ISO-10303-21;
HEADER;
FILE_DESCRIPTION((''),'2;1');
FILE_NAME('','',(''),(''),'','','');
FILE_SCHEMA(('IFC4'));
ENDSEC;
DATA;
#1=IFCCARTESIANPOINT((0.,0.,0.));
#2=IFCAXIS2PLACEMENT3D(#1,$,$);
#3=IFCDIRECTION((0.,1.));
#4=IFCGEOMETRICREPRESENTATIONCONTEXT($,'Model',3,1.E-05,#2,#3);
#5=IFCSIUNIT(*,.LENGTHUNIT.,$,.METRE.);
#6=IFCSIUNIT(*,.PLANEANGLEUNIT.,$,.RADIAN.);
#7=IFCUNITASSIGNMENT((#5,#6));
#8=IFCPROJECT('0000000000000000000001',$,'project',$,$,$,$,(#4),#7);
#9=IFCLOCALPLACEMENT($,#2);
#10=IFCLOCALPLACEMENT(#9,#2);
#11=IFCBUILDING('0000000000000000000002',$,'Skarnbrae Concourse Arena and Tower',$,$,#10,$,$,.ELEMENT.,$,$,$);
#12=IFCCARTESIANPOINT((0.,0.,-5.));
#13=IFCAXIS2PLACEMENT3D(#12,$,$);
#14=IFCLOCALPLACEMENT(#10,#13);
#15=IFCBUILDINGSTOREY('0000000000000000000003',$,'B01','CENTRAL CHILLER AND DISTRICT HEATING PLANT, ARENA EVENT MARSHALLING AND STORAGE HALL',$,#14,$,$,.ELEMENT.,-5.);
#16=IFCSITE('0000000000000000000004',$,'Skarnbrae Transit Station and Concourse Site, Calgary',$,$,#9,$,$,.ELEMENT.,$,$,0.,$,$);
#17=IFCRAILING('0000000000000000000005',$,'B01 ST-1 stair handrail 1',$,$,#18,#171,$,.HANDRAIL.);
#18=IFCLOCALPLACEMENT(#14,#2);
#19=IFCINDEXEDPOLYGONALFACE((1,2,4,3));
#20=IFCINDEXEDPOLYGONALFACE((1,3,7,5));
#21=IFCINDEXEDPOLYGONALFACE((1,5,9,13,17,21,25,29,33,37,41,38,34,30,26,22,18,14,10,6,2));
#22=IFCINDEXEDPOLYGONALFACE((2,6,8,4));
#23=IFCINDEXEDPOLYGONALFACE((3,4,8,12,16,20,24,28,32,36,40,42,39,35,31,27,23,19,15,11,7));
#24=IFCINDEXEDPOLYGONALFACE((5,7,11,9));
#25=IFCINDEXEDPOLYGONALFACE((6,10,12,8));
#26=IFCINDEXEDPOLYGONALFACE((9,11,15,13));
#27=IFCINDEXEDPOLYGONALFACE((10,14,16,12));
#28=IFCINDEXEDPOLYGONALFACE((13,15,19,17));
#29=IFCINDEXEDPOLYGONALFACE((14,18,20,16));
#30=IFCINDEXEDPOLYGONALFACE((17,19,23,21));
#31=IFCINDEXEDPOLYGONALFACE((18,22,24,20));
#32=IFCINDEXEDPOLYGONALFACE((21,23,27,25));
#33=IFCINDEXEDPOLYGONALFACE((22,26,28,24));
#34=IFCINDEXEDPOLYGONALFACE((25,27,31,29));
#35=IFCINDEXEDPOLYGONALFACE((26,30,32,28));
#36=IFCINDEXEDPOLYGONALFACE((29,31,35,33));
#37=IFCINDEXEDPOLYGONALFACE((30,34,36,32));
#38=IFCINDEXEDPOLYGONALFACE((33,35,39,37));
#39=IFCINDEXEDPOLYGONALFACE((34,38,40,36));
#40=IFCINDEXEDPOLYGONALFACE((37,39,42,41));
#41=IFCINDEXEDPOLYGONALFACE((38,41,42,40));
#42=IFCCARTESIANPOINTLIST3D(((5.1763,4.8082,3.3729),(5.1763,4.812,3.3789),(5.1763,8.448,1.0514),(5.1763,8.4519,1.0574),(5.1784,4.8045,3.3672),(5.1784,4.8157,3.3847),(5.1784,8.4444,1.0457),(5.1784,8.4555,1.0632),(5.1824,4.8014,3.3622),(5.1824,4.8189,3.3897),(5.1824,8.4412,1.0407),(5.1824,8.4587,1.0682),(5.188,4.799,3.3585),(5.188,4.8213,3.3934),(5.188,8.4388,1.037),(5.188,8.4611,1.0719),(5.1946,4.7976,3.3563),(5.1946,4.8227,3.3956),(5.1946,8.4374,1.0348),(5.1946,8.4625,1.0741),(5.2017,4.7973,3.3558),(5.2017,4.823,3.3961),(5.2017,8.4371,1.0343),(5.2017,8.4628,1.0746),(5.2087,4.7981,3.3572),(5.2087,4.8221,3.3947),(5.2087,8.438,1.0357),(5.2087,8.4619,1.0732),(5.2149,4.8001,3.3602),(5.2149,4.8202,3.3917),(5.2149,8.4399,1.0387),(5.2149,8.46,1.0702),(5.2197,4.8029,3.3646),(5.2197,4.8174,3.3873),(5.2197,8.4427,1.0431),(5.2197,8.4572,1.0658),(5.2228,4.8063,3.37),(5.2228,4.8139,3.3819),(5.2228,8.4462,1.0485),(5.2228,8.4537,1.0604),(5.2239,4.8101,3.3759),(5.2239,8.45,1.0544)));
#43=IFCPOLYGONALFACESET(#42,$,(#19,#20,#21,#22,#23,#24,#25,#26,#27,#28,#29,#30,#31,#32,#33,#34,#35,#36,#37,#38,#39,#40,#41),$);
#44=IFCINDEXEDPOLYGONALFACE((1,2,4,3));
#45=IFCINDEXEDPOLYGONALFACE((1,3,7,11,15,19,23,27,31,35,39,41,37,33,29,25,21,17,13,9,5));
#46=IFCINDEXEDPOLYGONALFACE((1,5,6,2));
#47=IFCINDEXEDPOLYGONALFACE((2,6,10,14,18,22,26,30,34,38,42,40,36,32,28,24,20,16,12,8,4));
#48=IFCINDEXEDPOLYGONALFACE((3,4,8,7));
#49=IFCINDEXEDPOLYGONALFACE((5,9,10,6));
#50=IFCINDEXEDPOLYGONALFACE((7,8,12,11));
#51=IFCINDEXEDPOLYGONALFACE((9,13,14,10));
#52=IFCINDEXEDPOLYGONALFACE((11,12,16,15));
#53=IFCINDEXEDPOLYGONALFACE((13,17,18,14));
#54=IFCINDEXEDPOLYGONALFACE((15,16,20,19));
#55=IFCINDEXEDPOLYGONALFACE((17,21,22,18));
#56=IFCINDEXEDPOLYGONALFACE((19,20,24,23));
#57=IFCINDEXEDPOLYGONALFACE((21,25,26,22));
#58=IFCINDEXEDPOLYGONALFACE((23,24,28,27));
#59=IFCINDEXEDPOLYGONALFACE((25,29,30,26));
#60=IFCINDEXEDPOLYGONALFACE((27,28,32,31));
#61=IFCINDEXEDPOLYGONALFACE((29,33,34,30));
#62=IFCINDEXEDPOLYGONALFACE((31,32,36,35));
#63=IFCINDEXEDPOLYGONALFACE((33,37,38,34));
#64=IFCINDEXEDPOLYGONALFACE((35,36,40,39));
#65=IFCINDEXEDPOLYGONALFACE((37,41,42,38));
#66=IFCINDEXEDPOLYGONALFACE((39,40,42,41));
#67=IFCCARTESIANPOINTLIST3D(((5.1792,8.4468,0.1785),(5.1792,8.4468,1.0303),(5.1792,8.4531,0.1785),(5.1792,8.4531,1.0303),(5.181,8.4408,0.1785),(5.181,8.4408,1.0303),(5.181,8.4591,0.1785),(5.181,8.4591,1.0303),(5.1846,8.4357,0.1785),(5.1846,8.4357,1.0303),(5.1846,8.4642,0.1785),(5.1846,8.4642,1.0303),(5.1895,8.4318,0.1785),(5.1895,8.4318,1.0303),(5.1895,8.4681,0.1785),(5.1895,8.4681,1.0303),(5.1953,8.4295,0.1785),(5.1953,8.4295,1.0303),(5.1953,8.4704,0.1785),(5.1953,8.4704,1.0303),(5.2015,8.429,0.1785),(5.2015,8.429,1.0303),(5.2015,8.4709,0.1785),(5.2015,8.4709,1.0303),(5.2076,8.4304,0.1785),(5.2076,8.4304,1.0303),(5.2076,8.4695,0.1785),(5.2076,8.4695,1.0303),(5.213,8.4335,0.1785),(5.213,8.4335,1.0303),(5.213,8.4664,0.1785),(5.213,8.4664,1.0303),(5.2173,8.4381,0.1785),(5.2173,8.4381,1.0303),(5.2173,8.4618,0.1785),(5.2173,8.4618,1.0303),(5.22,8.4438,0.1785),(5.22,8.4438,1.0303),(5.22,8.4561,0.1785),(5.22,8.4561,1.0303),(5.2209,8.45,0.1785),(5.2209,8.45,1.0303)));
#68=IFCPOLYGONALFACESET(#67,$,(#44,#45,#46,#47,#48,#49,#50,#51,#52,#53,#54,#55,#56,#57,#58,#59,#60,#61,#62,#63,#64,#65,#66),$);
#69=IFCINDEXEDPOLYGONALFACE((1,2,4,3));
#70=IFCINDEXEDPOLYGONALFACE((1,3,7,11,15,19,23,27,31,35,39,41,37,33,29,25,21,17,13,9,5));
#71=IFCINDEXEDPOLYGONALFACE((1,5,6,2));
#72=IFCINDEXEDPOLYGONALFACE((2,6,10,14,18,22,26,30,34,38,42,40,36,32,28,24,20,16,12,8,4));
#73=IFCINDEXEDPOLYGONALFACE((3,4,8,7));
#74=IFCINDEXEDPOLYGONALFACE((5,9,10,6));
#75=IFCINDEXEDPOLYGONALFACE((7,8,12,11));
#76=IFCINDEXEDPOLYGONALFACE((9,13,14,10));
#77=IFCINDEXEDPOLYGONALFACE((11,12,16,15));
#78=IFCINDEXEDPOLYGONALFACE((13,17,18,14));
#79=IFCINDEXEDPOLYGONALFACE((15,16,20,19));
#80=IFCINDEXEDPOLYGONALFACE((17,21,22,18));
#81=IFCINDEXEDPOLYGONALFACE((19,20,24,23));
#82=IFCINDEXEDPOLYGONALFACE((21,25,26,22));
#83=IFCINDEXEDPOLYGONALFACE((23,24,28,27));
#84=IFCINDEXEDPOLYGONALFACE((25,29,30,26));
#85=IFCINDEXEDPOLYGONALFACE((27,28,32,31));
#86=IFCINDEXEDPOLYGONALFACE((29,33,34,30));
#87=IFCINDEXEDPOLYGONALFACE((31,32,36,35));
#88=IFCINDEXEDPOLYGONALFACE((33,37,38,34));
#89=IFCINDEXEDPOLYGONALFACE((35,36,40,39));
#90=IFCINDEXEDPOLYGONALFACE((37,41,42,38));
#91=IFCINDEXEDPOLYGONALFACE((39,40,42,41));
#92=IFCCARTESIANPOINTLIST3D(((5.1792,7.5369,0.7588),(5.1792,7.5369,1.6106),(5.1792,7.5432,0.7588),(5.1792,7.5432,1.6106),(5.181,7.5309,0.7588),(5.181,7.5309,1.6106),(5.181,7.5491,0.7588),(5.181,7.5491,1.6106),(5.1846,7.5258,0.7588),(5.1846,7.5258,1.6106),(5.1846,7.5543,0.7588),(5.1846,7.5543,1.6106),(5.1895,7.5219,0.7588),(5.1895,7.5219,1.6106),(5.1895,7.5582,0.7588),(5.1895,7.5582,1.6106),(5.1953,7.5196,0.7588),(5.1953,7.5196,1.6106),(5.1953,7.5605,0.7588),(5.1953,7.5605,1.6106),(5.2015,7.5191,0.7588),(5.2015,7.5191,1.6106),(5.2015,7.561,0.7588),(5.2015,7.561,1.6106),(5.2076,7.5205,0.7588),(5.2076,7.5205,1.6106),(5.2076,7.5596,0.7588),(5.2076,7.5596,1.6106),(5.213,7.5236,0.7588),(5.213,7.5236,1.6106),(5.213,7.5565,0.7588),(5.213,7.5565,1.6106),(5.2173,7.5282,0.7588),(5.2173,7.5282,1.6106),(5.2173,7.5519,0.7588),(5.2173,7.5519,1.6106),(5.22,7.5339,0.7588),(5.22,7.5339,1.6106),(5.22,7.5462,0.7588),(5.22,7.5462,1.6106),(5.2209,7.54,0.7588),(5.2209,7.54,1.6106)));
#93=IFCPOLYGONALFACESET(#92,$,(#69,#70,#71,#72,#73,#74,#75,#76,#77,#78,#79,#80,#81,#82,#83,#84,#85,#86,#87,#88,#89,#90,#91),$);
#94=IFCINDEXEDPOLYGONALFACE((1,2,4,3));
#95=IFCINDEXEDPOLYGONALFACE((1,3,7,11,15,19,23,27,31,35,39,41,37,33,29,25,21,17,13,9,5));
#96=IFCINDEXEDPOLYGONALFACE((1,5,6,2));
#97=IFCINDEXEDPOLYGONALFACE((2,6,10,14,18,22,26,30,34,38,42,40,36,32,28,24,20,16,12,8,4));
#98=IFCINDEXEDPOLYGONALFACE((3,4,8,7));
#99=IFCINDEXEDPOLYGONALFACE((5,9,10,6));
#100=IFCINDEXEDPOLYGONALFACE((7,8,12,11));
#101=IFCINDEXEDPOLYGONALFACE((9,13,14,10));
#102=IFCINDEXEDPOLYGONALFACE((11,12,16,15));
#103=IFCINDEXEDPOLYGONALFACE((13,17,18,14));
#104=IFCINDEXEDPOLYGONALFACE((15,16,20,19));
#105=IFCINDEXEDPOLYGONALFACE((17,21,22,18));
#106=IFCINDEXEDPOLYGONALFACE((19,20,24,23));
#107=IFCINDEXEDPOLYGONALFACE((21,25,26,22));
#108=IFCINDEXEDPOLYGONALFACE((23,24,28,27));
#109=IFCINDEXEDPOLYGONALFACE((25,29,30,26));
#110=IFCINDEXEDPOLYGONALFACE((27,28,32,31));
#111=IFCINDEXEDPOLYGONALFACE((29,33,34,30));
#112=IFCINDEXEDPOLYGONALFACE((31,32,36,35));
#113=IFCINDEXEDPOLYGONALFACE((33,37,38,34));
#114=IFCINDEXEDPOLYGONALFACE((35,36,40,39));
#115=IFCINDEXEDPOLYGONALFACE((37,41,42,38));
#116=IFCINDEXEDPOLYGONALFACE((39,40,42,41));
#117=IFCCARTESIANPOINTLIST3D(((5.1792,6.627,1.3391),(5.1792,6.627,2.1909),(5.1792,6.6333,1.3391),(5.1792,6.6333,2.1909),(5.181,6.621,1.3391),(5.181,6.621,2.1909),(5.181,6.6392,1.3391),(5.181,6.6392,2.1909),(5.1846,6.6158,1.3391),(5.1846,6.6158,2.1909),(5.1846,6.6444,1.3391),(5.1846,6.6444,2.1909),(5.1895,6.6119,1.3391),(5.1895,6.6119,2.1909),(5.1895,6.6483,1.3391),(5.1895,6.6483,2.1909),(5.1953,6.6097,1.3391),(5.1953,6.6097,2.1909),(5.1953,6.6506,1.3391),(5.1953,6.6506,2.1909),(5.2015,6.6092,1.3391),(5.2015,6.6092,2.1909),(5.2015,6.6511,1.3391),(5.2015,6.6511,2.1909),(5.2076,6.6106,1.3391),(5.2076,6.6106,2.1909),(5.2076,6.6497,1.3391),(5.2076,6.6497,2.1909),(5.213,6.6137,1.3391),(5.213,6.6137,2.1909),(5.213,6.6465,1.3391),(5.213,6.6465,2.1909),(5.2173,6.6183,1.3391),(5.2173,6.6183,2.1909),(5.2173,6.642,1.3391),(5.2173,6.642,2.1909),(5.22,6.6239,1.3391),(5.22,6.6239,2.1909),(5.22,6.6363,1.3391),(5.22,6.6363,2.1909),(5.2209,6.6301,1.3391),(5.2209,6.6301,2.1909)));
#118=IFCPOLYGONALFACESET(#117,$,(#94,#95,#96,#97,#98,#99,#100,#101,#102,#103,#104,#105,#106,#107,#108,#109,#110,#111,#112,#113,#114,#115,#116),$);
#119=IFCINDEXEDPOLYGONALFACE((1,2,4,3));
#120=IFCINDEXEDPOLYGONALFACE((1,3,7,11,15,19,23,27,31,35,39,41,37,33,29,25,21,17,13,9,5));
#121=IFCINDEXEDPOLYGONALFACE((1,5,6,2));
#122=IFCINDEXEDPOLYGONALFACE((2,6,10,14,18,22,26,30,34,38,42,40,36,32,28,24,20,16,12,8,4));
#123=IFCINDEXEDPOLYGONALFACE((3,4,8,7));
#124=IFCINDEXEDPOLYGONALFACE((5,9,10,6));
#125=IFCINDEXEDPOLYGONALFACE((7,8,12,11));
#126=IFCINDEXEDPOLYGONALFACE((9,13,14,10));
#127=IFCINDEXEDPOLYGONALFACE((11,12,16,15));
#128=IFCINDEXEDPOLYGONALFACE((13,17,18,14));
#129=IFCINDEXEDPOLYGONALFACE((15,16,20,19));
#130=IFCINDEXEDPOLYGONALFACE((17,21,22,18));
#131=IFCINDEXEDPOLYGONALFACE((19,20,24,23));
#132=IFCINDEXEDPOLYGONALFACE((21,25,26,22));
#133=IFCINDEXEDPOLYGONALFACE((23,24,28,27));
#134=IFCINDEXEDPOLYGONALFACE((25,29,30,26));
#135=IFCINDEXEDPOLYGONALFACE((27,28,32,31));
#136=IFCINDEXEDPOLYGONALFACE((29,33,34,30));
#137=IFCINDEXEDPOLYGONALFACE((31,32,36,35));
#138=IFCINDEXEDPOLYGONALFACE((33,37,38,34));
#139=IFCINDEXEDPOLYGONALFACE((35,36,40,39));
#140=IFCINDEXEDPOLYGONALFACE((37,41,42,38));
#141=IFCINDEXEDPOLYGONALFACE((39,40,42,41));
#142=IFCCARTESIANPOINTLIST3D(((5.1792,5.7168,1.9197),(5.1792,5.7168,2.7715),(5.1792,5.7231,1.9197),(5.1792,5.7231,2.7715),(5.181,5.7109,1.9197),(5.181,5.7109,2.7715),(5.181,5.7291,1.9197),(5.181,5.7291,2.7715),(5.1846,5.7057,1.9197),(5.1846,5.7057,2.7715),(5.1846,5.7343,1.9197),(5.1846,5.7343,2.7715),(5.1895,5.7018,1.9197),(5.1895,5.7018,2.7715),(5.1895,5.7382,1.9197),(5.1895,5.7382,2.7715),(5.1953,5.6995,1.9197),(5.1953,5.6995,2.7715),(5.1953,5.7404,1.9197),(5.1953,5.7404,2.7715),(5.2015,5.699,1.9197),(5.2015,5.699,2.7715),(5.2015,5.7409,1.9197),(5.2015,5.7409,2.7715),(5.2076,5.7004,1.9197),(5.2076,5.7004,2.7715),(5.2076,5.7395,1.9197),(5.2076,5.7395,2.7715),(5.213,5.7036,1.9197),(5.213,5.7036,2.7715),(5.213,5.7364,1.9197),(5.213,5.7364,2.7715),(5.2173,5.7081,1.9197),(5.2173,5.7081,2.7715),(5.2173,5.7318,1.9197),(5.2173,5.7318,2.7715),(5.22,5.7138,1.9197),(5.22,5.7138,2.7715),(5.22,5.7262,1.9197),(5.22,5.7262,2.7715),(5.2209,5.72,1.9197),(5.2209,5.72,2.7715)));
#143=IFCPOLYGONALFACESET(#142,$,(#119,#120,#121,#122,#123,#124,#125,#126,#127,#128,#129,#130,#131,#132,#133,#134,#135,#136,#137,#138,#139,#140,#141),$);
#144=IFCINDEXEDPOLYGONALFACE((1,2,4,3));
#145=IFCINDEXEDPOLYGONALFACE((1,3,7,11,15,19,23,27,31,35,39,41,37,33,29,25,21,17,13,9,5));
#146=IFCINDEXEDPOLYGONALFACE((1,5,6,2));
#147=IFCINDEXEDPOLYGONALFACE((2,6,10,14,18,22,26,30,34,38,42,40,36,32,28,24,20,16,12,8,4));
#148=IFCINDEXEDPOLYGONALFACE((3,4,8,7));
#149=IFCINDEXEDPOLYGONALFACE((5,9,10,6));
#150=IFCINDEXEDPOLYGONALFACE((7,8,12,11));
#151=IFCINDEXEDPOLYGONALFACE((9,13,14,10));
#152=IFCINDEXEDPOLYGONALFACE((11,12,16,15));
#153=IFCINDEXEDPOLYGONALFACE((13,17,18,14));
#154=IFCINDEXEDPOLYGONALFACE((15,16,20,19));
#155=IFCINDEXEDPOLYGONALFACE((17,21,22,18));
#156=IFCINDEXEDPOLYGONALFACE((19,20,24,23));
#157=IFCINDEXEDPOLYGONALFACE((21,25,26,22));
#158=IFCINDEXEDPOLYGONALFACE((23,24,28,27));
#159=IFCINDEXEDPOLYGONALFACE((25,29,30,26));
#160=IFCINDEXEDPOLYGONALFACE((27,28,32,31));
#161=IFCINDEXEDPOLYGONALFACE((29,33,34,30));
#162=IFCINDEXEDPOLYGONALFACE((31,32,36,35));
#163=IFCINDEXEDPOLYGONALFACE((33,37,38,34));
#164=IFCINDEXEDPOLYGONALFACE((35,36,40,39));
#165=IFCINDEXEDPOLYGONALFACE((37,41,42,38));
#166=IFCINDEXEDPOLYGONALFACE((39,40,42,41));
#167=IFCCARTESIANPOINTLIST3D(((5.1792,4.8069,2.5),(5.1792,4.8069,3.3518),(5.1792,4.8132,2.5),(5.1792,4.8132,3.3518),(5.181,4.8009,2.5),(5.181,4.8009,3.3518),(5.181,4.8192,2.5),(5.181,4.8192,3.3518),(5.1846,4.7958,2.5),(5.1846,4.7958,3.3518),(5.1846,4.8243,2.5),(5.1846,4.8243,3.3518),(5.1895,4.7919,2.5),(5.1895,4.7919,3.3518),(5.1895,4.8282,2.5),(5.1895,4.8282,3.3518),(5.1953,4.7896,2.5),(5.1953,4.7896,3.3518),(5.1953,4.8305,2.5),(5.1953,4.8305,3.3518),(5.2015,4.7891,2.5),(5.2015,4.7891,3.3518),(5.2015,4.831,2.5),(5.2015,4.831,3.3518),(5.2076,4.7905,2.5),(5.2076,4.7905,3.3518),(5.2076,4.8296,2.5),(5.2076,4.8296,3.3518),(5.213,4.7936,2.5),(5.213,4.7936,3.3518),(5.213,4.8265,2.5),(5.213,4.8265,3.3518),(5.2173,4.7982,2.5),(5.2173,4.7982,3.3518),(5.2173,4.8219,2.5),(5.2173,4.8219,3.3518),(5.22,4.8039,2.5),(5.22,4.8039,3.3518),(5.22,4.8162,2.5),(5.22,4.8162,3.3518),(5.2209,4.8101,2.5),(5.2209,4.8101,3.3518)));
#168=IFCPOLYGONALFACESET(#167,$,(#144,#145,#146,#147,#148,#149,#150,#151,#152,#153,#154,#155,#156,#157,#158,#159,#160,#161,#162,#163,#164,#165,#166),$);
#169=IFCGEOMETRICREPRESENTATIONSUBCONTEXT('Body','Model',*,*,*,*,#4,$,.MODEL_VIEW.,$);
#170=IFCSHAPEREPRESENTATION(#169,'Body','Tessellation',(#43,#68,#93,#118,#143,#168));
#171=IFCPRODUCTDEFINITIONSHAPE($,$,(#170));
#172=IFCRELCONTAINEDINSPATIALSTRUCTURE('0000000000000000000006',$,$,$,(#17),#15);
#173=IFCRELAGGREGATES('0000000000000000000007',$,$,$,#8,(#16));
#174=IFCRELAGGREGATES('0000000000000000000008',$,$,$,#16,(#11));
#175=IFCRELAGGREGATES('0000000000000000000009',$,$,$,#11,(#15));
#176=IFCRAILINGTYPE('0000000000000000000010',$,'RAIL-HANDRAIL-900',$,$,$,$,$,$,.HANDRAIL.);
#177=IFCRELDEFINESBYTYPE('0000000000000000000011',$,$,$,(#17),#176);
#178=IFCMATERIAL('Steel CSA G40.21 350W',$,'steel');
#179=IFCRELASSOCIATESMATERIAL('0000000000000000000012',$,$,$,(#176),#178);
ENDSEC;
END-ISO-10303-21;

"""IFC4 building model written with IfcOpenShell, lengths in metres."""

from ifc_helpers import new_model, si_unit, direction, frame, origin, origin_2d, place, context, subcontext, project, spatial, circle, extrude, material, type_object, element, save


model = new_model("IFC4")

# Units and contexts
model_context = context("Model", 3, precision=1e-05, world=origin(), true_north=direction((0.0, 1.0)))
body_context = subcontext(model_context, "Body", "Model", "MODEL_VIEW")
ifc_project = project(units=[si_unit("LENGTHUNIT", "METRE"), si_unit("PLANEANGLEUNIT", "RADIAN")], contexts=[model_context])

# Site, building, storey
site_placement = place(None, origin())
site = spatial("IfcSite", under=ifc_project, at=site_placement, Name="Skarnbrae Transit Station and Concourse Site, Calgary", CompositionType="ELEMENT", RefElevation=0.0)
building_placement = place(site_placement, origin())
building = spatial("IfcBuilding", under=site, at=building_placement, Name="Skarnbrae Concourse Arena and Tower", CompositionType="ELEMENT")
storey_placement = place(building_placement, frame((0.0, 0.0, -5.0)))
storey = spatial("IfcBuildingStorey", under=building, at=storey_placement, Name="B01", Description="CENTRAL CHILLER AND DISTRICT HEATING PLANT, ARENA EVENT MARSHALLING AND STORAGE HALL", CompositionType="ELEMENT", Elevation=-5.0)

# Shared definitions
ifc_material_1 = material(Name="Steel CSA G40.21 350W", Category="steel")

# Railing
railing_type_1 = type_object("IfcRailingType", Name="RAIL-HANDRAIL-900", PredefinedType="HANDRAIL", material=ifc_material_1)
railing_1_placement = place(storey_placement, frame((5.2, 8.45, 0.1785)))
element("IfcRailing", 1, at=railing_1_placement, inside=storey, type_object=railing_type_1, Name="B01 ST-1 stair handrail 1", PredefinedType="HANDRAIL", context=body_context, shape_type="SweptSolid", body=[
    extrude(circle(Radius=0.0239, at=origin_2d()), frame((0.0, 0.0, 0.876), z_axis=(0.0, -0.843112, 0.537739), x_axis=(1.0, 0.0, 0.0)), (0.0, 0.0, 1.0), 4.3171),
    extrude(circle(Radius=0.021, at=origin_2d()), origin(), (0.0, 0.0, 1.0), 0.8518),
    extrude(circle(Radius=0.021, at=origin_2d()), frame((0.0, -0.9099, 0.5803)), (0.0, 0.0, 1.0), 0.8518),
    extrude(circle(Radius=0.021, at=origin_2d()), frame((0.0, -1.8198, 1.1606)), (0.0, 0.0, 1.0), 0.8518),
    extrude(circle(Radius=0.021, at=origin_2d()), frame((0.0, -2.73, 1.7412)), (0.0, 0.0, 1.0), 0.8518),
    extrude(circle(Radius=0.021, at=origin_2d()), frame((0.0, -3.6399, 2.3215)), (0.0, 0.0, 1.0), 0.8518),
])

save(model, "model.ifc")
